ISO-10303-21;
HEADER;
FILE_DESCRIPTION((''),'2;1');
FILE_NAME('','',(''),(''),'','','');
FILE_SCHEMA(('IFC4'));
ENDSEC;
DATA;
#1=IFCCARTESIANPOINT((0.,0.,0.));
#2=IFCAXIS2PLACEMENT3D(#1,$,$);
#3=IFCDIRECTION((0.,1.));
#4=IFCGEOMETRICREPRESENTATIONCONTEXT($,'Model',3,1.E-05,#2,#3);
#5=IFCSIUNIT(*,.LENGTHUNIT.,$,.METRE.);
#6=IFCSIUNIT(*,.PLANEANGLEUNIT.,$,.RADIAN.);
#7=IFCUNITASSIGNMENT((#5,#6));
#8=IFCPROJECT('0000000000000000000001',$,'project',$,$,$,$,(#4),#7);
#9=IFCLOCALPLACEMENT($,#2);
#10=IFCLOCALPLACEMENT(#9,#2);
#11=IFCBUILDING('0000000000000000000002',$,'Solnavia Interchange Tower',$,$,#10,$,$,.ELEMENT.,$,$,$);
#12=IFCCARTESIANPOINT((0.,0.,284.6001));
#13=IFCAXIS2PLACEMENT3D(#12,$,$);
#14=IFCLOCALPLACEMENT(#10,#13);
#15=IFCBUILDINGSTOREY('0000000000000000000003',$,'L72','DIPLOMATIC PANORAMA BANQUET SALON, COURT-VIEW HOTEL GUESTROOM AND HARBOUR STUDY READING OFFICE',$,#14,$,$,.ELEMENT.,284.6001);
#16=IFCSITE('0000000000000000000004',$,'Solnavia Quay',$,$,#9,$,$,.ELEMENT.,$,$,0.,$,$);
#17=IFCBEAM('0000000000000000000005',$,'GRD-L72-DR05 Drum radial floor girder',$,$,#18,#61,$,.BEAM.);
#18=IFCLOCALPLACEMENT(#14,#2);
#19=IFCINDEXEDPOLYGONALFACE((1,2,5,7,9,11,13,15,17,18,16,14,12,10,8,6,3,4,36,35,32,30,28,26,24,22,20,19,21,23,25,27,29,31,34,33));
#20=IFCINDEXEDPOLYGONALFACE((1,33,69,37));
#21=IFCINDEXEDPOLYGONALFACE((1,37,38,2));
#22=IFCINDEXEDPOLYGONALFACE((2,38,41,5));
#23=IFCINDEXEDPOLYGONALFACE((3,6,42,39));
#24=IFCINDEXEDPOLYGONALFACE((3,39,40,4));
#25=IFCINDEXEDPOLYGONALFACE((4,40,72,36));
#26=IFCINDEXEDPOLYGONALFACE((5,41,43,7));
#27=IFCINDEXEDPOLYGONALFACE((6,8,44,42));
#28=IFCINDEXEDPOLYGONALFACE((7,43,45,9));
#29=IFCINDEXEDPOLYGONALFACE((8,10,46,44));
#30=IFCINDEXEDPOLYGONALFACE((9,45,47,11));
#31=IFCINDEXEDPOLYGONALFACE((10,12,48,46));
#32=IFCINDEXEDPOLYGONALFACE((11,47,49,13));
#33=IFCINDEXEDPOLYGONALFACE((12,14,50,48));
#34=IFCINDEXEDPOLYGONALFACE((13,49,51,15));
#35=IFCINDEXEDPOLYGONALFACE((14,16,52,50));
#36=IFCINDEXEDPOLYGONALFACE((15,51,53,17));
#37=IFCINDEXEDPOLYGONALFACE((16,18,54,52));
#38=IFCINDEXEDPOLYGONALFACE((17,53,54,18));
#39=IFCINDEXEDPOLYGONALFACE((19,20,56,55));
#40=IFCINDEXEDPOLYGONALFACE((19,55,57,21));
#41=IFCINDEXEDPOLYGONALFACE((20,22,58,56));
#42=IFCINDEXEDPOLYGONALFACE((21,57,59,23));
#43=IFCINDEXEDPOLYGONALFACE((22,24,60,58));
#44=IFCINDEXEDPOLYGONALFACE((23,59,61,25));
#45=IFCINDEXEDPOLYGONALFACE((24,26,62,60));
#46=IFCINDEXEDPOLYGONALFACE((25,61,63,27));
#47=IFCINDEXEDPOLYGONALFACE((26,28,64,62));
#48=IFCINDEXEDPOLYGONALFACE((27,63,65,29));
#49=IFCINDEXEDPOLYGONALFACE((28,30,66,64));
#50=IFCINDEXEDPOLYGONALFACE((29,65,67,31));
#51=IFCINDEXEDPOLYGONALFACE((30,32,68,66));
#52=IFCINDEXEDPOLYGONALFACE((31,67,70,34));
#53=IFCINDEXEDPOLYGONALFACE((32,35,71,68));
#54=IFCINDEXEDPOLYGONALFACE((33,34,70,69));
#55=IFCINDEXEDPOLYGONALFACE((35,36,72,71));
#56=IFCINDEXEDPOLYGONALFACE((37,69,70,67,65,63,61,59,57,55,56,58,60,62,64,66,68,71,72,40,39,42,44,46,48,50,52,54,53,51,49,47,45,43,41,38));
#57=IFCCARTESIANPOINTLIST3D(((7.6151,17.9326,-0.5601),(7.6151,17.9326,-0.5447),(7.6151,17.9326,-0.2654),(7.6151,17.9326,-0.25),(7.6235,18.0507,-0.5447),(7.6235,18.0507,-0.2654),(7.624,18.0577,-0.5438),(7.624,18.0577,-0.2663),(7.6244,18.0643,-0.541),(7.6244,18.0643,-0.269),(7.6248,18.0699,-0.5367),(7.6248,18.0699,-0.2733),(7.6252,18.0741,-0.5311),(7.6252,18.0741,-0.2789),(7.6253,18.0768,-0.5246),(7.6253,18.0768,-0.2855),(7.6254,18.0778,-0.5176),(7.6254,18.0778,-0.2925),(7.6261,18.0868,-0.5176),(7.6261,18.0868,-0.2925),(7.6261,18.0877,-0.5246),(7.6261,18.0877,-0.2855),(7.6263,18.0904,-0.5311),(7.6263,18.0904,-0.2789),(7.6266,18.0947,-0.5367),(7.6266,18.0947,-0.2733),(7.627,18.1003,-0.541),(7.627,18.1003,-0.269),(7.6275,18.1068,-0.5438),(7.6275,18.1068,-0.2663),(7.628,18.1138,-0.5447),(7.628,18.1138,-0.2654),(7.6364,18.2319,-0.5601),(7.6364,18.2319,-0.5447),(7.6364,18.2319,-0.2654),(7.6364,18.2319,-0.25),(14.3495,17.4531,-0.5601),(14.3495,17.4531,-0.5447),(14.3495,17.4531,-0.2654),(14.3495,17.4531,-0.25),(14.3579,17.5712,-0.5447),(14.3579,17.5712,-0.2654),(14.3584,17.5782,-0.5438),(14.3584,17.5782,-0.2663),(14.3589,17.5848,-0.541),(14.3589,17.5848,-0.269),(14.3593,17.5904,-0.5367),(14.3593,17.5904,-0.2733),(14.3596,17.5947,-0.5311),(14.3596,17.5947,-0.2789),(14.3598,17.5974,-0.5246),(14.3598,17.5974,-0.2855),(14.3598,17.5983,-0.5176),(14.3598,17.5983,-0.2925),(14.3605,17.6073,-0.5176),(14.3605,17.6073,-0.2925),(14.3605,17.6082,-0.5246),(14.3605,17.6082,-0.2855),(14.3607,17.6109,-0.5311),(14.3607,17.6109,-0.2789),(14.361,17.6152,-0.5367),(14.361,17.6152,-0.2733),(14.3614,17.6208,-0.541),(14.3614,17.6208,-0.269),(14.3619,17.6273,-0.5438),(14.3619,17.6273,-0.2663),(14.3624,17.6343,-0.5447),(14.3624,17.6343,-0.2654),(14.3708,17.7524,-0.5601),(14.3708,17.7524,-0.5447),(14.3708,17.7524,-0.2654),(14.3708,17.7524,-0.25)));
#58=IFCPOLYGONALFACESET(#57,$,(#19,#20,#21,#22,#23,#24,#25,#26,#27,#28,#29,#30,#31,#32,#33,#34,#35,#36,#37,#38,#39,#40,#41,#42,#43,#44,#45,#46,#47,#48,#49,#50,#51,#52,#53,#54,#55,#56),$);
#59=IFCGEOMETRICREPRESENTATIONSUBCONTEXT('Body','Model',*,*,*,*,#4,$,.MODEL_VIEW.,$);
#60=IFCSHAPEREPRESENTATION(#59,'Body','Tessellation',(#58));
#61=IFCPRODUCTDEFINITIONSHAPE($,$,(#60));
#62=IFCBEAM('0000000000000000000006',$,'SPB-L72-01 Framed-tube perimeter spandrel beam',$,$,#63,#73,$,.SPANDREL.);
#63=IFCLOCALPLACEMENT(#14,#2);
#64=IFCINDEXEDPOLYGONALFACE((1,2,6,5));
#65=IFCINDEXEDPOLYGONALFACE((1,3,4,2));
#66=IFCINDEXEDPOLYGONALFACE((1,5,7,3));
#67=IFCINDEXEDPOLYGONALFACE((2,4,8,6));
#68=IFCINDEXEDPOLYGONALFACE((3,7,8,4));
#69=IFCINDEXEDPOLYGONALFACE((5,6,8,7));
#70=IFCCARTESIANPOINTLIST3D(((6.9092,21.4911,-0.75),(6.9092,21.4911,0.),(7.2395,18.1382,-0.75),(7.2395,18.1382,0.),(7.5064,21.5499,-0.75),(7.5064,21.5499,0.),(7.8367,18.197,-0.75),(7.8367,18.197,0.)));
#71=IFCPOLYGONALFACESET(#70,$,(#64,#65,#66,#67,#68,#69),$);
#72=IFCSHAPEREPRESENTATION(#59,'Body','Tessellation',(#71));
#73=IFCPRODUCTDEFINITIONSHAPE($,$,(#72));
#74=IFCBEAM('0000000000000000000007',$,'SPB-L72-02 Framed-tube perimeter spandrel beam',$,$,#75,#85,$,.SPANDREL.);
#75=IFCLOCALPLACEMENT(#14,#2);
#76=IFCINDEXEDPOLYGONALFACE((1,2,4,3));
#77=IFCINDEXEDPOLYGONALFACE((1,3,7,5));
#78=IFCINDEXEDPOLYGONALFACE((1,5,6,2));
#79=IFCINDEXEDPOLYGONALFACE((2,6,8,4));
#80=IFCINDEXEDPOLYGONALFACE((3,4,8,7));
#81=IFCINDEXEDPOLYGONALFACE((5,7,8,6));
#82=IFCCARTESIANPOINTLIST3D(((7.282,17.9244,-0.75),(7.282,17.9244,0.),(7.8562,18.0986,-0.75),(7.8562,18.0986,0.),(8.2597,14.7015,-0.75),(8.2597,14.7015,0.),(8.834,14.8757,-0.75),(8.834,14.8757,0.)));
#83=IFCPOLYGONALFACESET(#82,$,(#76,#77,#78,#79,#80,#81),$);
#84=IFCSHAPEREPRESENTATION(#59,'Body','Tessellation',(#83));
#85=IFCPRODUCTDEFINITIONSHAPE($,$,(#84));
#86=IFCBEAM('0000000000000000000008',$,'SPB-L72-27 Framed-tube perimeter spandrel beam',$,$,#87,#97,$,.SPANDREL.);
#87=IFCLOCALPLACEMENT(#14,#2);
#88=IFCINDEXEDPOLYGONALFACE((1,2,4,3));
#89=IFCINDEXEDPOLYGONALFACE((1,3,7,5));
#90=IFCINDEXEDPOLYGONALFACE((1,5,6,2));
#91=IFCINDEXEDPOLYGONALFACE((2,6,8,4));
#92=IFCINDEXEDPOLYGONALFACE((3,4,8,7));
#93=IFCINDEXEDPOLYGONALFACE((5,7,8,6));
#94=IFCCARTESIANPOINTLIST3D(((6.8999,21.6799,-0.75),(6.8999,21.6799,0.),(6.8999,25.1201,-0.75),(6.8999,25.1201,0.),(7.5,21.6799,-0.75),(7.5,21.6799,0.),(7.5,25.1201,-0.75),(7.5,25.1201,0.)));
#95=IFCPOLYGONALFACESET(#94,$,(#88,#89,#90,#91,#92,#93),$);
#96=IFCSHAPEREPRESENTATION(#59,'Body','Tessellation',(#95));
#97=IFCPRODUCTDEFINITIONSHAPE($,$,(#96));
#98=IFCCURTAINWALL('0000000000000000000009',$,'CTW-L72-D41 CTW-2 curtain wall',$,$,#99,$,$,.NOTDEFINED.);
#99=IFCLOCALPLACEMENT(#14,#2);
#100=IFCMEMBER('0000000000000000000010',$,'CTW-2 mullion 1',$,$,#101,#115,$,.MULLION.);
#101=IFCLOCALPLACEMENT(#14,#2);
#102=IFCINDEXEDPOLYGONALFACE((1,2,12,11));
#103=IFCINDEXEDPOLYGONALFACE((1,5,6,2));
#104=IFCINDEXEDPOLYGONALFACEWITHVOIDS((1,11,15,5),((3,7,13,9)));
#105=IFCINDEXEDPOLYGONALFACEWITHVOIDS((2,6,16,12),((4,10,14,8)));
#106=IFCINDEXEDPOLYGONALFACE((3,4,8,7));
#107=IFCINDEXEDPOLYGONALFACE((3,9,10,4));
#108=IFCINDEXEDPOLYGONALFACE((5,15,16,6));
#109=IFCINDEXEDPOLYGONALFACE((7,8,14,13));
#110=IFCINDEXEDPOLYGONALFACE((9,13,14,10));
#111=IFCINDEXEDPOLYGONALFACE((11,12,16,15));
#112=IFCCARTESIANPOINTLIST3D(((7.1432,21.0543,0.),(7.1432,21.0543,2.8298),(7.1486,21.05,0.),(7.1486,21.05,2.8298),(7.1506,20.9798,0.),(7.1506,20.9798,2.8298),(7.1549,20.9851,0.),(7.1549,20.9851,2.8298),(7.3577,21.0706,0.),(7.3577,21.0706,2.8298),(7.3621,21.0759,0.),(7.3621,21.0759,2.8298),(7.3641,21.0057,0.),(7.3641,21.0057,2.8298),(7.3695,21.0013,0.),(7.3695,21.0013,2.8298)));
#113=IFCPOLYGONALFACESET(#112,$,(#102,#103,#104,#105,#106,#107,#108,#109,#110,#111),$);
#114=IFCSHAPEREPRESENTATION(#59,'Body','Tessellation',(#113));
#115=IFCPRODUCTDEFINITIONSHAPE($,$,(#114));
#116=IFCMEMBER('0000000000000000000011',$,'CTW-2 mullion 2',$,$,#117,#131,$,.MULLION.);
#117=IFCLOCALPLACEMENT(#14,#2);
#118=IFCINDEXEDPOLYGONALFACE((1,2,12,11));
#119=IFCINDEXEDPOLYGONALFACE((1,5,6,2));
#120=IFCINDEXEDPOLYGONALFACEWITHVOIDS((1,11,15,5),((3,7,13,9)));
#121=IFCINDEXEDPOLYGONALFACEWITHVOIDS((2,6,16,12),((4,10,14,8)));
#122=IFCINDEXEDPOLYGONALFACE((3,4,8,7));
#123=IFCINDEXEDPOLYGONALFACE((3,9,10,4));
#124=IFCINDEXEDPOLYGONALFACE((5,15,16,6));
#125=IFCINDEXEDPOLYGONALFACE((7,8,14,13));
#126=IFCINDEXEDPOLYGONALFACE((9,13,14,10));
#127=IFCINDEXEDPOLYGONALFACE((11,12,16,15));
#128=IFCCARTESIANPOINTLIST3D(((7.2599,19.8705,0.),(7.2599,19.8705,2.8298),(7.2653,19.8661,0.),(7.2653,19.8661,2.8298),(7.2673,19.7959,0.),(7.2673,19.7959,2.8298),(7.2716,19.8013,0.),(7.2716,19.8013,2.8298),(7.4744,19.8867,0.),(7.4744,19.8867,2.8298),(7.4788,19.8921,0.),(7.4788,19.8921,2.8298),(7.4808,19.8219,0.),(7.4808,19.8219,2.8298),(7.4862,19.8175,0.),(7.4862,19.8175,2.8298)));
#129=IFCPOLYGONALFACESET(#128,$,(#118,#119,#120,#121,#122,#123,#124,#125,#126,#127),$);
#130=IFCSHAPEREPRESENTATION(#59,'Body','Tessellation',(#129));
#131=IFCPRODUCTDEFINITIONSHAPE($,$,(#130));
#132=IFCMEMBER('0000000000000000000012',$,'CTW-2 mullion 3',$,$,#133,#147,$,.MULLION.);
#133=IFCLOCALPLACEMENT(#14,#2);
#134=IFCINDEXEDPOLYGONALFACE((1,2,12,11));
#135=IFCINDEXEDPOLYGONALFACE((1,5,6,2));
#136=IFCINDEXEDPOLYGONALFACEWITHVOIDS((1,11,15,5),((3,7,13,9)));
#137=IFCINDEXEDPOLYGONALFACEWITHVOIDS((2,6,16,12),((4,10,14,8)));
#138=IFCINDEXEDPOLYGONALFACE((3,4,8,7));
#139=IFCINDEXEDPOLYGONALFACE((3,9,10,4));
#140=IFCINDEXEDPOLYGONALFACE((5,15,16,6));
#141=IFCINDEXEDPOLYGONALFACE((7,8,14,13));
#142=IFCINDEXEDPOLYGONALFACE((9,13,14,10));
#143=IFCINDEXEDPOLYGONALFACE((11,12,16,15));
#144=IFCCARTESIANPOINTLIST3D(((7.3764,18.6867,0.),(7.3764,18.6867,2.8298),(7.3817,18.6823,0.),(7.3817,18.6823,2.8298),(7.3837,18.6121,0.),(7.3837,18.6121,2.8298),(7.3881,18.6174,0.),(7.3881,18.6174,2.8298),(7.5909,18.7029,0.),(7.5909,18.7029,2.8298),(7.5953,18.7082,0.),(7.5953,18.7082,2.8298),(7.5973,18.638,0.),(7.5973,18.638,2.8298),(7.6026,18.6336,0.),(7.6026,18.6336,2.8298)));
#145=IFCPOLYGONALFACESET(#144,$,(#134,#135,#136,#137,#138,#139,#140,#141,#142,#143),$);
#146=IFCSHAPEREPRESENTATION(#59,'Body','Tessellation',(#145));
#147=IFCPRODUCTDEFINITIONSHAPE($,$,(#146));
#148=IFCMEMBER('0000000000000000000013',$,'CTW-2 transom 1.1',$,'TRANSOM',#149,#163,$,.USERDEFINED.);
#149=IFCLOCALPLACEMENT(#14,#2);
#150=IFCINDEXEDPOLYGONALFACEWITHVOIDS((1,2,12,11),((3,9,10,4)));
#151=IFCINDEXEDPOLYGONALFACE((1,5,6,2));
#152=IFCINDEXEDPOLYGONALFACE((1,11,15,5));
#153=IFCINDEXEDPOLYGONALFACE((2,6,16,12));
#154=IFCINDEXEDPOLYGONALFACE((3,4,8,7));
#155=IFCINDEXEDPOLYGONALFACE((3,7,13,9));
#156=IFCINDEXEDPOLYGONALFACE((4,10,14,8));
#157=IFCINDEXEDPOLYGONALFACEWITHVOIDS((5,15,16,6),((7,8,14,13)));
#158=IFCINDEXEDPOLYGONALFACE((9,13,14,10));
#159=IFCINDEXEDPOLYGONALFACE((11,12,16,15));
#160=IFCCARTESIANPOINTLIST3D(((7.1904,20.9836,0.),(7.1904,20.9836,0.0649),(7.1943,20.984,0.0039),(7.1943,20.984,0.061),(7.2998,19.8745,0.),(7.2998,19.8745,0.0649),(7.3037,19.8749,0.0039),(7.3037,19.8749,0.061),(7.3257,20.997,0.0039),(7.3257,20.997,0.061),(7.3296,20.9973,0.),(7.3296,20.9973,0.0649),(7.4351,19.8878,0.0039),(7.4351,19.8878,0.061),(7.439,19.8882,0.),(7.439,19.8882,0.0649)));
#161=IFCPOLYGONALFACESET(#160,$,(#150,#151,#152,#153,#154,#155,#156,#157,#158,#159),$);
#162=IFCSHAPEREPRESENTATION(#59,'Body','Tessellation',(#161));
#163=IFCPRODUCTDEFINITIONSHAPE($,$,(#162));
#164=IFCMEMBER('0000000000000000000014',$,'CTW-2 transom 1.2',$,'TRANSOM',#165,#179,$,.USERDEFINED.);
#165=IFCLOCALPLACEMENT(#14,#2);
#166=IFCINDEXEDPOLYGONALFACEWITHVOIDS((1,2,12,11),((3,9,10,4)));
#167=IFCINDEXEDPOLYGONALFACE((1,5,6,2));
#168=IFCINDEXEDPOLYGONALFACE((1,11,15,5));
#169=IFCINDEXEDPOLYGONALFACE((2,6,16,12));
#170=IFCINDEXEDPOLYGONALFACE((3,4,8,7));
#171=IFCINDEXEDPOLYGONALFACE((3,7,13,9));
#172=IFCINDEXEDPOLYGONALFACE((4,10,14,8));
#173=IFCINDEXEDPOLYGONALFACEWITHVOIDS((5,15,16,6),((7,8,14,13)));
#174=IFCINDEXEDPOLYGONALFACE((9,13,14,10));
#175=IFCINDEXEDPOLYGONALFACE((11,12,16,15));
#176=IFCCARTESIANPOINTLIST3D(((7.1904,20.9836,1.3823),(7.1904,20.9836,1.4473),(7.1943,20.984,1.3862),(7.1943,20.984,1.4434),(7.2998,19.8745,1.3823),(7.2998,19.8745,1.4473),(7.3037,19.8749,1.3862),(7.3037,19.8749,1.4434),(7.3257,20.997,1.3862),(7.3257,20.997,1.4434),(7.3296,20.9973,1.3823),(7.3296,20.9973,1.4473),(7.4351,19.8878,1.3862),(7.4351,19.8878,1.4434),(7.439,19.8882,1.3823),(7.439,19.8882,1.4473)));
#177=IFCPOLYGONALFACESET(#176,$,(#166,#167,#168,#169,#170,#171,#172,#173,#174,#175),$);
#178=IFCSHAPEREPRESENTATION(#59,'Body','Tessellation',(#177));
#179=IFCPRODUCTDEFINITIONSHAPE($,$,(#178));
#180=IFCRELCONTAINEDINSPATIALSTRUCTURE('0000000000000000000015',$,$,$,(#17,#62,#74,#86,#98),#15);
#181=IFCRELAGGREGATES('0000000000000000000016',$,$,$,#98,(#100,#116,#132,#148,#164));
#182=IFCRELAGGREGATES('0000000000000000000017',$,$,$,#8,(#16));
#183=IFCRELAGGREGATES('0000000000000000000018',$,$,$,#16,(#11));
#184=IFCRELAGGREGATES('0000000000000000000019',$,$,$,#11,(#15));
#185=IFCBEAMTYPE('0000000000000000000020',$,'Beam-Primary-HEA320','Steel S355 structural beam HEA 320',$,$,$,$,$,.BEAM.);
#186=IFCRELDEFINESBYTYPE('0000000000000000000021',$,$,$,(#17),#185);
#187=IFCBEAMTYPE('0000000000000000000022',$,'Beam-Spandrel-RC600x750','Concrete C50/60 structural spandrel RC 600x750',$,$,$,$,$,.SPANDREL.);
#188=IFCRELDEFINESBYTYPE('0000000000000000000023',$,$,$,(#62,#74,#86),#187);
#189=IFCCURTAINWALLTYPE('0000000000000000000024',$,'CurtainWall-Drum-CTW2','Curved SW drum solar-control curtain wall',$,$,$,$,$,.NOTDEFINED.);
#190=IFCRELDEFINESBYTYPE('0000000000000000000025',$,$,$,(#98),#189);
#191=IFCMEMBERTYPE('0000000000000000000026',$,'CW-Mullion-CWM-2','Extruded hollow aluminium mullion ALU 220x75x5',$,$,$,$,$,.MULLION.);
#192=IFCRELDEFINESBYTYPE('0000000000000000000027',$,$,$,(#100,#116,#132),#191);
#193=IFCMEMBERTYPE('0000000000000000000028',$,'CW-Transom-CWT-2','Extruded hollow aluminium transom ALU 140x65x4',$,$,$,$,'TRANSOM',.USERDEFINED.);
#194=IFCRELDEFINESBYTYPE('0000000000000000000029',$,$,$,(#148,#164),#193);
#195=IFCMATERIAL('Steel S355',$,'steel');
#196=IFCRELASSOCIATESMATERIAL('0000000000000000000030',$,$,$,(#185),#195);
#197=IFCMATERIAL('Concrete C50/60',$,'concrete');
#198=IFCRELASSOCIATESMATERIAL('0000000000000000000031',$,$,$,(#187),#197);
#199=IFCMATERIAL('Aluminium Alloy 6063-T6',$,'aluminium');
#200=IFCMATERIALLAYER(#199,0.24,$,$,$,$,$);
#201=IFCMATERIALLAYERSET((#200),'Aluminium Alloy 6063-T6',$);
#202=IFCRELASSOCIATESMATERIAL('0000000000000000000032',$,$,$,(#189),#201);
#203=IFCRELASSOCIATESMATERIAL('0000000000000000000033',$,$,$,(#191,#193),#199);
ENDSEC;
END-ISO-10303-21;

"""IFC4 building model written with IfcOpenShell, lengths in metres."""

from ifc_helpers import new_model, si_unit, direction, frame, origin, origin_2d, place, context, subcontext, project, spatial, rectangle, hollow_rectangle, i_section, extrude, material, layer, layer_set, material_profile, profile_set, type_object, element, aggregate, save


model = new_model("IFC4")

# Units and contexts
model_context = context("Model", 3, precision=1e-05, world=origin(), true_north=direction((0.0, 1.0)))
body_context = subcontext(model_context, "Body", "Model", "MODEL_VIEW")
ifc_project = project(units=[si_unit("LENGTHUNIT", "METRE"), si_unit("PLANEANGLEUNIT", "RADIAN")], contexts=[model_context])

# Site, building, storey
site_placement = place(None, origin())
site = spatial("IfcSite", under=ifc_project, at=site_placement, Name="Solnavia Quay", CompositionType="ELEMENT", RefElevation=0.0)
building_placement = place(site_placement, origin())
building = spatial("IfcBuilding", under=site, at=building_placement, Name="Solnavia Interchange Tower", CompositionType="ELEMENT")
storey_placement = place(building_placement, frame((0.0, 0.0, 284.6001)))
storey = spatial("IfcBuildingStorey", under=building, at=storey_placement, Name="L72", Description="DIPLOMATIC PANORAMA BANQUET SALON, COURT-VIEW HOTEL GUESTROOM AND HARBOUR STUDY READING OFFICE", CompositionType="ELEMENT", Elevation=284.6001)

# Shared definitions
ifc_material_1 = material(Name="Concrete C50/60", Category="concrete")

# Beams
ifc_material_2 = material(Name="Steel S355", Category="steel")
ifc_material_profile_1 = material_profile(ifc_material_2, i_section(OverallWidth=0.3, OverallDepth=0.3101, WebThickness=0.009, FlangeThickness=0.0154, FilletRadius=0.0271, at=origin_2d()), Name="HEA 320")
ifc_profile_set_1 = profile_set([ifc_material_profile_1], Name="Steel S355")
beam_type_1 = type_object("IfcBeamType", Name="Beam-Primary-HEA320", Description="Steel S355 structural beam HEA 320", PredefinedType="BEAM", material=ifc_profile_set_1)
beam_1_placement = place(storey_placement, frame((7.6257, 18.0823, -0.405), z_axis=(0.997475, -0.071021, 0.0), x_axis=(0.071021, 0.997475, 0.0)))
element("IfcBeam", 1, at=beam_1_placement, inside=storey, type_object=beam_type_1, Name="GRD-L72-DR05 Drum radial floor girder", PredefinedType="BEAM", context=body_context, shape_type="SweptSolid", body=[
    extrude(i_section(OverallWidth=0.3, OverallDepth=0.3101, WebThickness=0.009, FlangeThickness=0.0154, FilletRadius=0.0271, at=origin_2d()), origin(), (0.0, 0.0, 1.0), 6.7515),
])
ifc_material_profile_2 = material_profile(ifc_material_1, rectangle(XDim=0.6001, YDim=0.75, at=origin_2d()), Name="RC 600x750")
ifc_profile_set_2 = profile_set([ifc_material_profile_2], Name="Concrete C50/60")
beam_type_2 = type_object("IfcBeamType", Name="Beam-Spandrel-RC600x750", Description="Concrete C50/60 structural spandrel RC 600x750", PredefinedType="SPANDREL", material=ifc_profile_set_2)
beam_2_placement = place(storey_placement, frame((7.2078, 21.5205, -0.375), z_axis=(0.09804, -0.995182, 0.0), x_axis=(0.995182, 0.09804, 0.0)))
element("IfcBeam", 2, at=beam_2_placement, inside=storey, type_object=beam_type_2, Name="SPB-L72-01 Framed-tube perimeter spandrel beam", PredefinedType="SPANDREL", context=body_context, shape_type="SweptSolid", body=[
    extrude(rectangle(XDim=0.6001, YDim=0.75, at=origin_2d()), origin(), (0.0, 0.0, 1.0), 3.3691),
])
beam_3_placement = place(storey_placement, frame((7.5691, 18.0115, -0.375), z_axis=(0.290319, -0.95693, 0.0), x_axis=(0.95693, 0.290319, 0.0)))
element("IfcBeam", 3, at=beam_3_placement, inside=storey, type_object=beam_type_2, Name="SPB-L72-02 Framed-tube perimeter spandrel beam", PredefinedType="SPANDREL", context=body_context, shape_type="SweptSolid", body=[
    extrude(rectangle(XDim=0.6001, YDim=0.75, at=origin_2d()), origin(), (0.0, 0.0, 1.0), 3.3679),
])
beam_4_placement = place(storey_placement, frame((7.2, 25.1201, -0.375), z_axis=(0.0, -1.0, 0.0), x_axis=(1.0, 0.0, 0.0)))
element("IfcBeam", 4, at=beam_4_placement, inside=storey, type_object=beam_type_2, Name="SPB-L72-27 Framed-tube perimeter spandrel beam", PredefinedType="SPANDREL", context=body_context, shape_type="SweptSolid", body=[
    extrude(rectangle(XDim=0.6001, YDim=0.75, at=origin_2d()), origin(), (0.0, 0.0, 1.0), 3.4402),
])

# Curtain wall, members
ifc_material_3 = material(Name="Aluminium Alloy 6063-T6", Category="aluminium")
ifc_layer_1 = layer(ifc_material_3, 0.24)
ifc_layer_set_1 = layer_set([ifc_layer_1], Name="Aluminium Alloy 6063-T6")
curtain_wall_type = type_object("IfcCurtainWallType", Name="CurtainWall-Drum-CTW2", Description="Curved SW drum solar-control curtain wall", PredefinedType="NOTDEFINED", material=ifc_layer_set_1)
curtain_wall_placement = place(storey_placement, origin())
curtain_wall = element("IfcCurtainWall", 5, at=curtain_wall_placement, inside=storey, type_object=curtain_wall_type, Name="CTW-L72-D41 CTW-2 curtain wall", PredefinedType="NOTDEFINED")
ifc_material_profile_3 = material_profile(ifc_material_3, hollow_rectangle(XDim=0.075, YDim=0.22, WallThickness=0.0049, at=origin_2d()), Name="ALU 220x75x5")
ifc_profile_set_3 = profile_set([ifc_material_profile_3], Name="Aluminium Alloy 6063-T6")
member_type_1 = type_object("IfcMemberType", Name="CW-Mullion-CWM-2", Description="Extruded hollow aluminium mullion ALU 220x75x5", PredefinedType="MULLION", material=ifc_profile_set_3)
member_1_placement = place(storey_placement, frame((7.2563, 21.0278, 0.0), z_axis=(0.0, 0.0, 1.0), x_axis=(0.098043, -0.995182, 0.0)))
member_1 = element("IfcMember", 6, at=member_1_placement, type_object=member_type_1, Name="CTW-2 mullion 1", PredefinedType="MULLION", context=body_context, shape_type="SweptSolid", body=[
    extrude(hollow_rectangle(XDim=0.075, YDim=0.22, WallThickness=0.0049, at=origin_2d()), origin(), (0.0, 0.0, 1.0), 2.8298),
])
member_2_placement = place(storey_placement, frame((7.373, 19.844, 0.0), z_axis=(0.0, 0.0, 1.0), x_axis=(0.098043, -0.995182, 0.0)))
member_2 = element("IfcMember", 7, at=member_2_placement, type_object=member_type_1, Name="CTW-2 mullion 2", PredefinedType="MULLION", context=body_context, shape_type="SweptSolid", body=[
    extrude(hollow_rectangle(XDim=0.075, YDim=0.22, WallThickness=0.0049, at=origin_2d()), origin(), (0.0, 0.0, 1.0), 2.8298),
])
member_3_placement = place(storey_placement, frame((7.4895, 18.6602, 0.0), z_axis=(0.0, 0.0, 1.0), x_axis=(0.098043, -0.995182, 0.0)))
member_3 = element("IfcMember", 8, at=member_3_placement, type_object=member_type_1, Name="CTW-2 mullion 3", PredefinedType="MULLION", context=body_context, shape_type="SweptSolid", body=[
    extrude(hollow_rectangle(XDim=0.075, YDim=0.22, WallThickness=0.0049, at=origin_2d()), origin(), (0.0, 0.0, 1.0), 2.8298),
])
ifc_material_profile_4 = material_profile(ifc_material_3, hollow_rectangle(XDim=0.0649, YDim=0.1399, WallThickness=0.0039, at=origin_2d()), Name="ALU 140x65x4")
ifc_profile_set_4 = profile_set([ifc_material_profile_4], Name="Aluminium Alloy 6063-T6")
member_type_2 = type_object("IfcMemberType", Name="CW-Transom-CWT-2", Description="Extruded hollow aluminium transom ALU 140x65x4", ElementType="TRANSOM", PredefinedType="USERDEFINED", material=ifc_profile_set_4)
member_4_placement = place(storey_placement, frame((7.26, 20.9905, 0.0325), z_axis=(0.098137, -0.995173, 0.0), x_axis=(0.0, 0.0, 1.0)))
member_4 = element("IfcMember", 9, at=member_4_placement, type_object=member_type_2, Name="CTW-2 transom 1.1", ObjectType="TRANSOM", PredefinedType="USERDEFINED", context=body_context, shape_type="SweptSolid", body=[
    extrude(hollow_rectangle(XDim=0.0649, YDim=0.1399, WallThickness=0.0039, at=origin_2d()), origin(), (0.0, 0.0, 1.0), 1.1145),
])
member_5_placement = place(storey_placement, frame((7.26, 20.9905, 1.4148), z_axis=(0.098137, -0.995173, 0.0), x_axis=(0.0, 0.0, 1.0)))
member_5 = element("IfcMember", 10, at=member_5_placement, type_object=member_type_2, Name="CTW-2 transom 1.2", ObjectType="TRANSOM", PredefinedType="USERDEFINED", context=body_context, shape_type="SweptSolid", body=[
    extrude(hollow_rectangle(XDim=0.0649, YDim=0.1399, WallThickness=0.0039, at=origin_2d()), origin(), (0.0, 0.0, 1.0), 1.1145),
])
aggregate(curtain_wall, [member_1, member_2, member_3, member_4, member_5])

save(model, "model.ifc")
